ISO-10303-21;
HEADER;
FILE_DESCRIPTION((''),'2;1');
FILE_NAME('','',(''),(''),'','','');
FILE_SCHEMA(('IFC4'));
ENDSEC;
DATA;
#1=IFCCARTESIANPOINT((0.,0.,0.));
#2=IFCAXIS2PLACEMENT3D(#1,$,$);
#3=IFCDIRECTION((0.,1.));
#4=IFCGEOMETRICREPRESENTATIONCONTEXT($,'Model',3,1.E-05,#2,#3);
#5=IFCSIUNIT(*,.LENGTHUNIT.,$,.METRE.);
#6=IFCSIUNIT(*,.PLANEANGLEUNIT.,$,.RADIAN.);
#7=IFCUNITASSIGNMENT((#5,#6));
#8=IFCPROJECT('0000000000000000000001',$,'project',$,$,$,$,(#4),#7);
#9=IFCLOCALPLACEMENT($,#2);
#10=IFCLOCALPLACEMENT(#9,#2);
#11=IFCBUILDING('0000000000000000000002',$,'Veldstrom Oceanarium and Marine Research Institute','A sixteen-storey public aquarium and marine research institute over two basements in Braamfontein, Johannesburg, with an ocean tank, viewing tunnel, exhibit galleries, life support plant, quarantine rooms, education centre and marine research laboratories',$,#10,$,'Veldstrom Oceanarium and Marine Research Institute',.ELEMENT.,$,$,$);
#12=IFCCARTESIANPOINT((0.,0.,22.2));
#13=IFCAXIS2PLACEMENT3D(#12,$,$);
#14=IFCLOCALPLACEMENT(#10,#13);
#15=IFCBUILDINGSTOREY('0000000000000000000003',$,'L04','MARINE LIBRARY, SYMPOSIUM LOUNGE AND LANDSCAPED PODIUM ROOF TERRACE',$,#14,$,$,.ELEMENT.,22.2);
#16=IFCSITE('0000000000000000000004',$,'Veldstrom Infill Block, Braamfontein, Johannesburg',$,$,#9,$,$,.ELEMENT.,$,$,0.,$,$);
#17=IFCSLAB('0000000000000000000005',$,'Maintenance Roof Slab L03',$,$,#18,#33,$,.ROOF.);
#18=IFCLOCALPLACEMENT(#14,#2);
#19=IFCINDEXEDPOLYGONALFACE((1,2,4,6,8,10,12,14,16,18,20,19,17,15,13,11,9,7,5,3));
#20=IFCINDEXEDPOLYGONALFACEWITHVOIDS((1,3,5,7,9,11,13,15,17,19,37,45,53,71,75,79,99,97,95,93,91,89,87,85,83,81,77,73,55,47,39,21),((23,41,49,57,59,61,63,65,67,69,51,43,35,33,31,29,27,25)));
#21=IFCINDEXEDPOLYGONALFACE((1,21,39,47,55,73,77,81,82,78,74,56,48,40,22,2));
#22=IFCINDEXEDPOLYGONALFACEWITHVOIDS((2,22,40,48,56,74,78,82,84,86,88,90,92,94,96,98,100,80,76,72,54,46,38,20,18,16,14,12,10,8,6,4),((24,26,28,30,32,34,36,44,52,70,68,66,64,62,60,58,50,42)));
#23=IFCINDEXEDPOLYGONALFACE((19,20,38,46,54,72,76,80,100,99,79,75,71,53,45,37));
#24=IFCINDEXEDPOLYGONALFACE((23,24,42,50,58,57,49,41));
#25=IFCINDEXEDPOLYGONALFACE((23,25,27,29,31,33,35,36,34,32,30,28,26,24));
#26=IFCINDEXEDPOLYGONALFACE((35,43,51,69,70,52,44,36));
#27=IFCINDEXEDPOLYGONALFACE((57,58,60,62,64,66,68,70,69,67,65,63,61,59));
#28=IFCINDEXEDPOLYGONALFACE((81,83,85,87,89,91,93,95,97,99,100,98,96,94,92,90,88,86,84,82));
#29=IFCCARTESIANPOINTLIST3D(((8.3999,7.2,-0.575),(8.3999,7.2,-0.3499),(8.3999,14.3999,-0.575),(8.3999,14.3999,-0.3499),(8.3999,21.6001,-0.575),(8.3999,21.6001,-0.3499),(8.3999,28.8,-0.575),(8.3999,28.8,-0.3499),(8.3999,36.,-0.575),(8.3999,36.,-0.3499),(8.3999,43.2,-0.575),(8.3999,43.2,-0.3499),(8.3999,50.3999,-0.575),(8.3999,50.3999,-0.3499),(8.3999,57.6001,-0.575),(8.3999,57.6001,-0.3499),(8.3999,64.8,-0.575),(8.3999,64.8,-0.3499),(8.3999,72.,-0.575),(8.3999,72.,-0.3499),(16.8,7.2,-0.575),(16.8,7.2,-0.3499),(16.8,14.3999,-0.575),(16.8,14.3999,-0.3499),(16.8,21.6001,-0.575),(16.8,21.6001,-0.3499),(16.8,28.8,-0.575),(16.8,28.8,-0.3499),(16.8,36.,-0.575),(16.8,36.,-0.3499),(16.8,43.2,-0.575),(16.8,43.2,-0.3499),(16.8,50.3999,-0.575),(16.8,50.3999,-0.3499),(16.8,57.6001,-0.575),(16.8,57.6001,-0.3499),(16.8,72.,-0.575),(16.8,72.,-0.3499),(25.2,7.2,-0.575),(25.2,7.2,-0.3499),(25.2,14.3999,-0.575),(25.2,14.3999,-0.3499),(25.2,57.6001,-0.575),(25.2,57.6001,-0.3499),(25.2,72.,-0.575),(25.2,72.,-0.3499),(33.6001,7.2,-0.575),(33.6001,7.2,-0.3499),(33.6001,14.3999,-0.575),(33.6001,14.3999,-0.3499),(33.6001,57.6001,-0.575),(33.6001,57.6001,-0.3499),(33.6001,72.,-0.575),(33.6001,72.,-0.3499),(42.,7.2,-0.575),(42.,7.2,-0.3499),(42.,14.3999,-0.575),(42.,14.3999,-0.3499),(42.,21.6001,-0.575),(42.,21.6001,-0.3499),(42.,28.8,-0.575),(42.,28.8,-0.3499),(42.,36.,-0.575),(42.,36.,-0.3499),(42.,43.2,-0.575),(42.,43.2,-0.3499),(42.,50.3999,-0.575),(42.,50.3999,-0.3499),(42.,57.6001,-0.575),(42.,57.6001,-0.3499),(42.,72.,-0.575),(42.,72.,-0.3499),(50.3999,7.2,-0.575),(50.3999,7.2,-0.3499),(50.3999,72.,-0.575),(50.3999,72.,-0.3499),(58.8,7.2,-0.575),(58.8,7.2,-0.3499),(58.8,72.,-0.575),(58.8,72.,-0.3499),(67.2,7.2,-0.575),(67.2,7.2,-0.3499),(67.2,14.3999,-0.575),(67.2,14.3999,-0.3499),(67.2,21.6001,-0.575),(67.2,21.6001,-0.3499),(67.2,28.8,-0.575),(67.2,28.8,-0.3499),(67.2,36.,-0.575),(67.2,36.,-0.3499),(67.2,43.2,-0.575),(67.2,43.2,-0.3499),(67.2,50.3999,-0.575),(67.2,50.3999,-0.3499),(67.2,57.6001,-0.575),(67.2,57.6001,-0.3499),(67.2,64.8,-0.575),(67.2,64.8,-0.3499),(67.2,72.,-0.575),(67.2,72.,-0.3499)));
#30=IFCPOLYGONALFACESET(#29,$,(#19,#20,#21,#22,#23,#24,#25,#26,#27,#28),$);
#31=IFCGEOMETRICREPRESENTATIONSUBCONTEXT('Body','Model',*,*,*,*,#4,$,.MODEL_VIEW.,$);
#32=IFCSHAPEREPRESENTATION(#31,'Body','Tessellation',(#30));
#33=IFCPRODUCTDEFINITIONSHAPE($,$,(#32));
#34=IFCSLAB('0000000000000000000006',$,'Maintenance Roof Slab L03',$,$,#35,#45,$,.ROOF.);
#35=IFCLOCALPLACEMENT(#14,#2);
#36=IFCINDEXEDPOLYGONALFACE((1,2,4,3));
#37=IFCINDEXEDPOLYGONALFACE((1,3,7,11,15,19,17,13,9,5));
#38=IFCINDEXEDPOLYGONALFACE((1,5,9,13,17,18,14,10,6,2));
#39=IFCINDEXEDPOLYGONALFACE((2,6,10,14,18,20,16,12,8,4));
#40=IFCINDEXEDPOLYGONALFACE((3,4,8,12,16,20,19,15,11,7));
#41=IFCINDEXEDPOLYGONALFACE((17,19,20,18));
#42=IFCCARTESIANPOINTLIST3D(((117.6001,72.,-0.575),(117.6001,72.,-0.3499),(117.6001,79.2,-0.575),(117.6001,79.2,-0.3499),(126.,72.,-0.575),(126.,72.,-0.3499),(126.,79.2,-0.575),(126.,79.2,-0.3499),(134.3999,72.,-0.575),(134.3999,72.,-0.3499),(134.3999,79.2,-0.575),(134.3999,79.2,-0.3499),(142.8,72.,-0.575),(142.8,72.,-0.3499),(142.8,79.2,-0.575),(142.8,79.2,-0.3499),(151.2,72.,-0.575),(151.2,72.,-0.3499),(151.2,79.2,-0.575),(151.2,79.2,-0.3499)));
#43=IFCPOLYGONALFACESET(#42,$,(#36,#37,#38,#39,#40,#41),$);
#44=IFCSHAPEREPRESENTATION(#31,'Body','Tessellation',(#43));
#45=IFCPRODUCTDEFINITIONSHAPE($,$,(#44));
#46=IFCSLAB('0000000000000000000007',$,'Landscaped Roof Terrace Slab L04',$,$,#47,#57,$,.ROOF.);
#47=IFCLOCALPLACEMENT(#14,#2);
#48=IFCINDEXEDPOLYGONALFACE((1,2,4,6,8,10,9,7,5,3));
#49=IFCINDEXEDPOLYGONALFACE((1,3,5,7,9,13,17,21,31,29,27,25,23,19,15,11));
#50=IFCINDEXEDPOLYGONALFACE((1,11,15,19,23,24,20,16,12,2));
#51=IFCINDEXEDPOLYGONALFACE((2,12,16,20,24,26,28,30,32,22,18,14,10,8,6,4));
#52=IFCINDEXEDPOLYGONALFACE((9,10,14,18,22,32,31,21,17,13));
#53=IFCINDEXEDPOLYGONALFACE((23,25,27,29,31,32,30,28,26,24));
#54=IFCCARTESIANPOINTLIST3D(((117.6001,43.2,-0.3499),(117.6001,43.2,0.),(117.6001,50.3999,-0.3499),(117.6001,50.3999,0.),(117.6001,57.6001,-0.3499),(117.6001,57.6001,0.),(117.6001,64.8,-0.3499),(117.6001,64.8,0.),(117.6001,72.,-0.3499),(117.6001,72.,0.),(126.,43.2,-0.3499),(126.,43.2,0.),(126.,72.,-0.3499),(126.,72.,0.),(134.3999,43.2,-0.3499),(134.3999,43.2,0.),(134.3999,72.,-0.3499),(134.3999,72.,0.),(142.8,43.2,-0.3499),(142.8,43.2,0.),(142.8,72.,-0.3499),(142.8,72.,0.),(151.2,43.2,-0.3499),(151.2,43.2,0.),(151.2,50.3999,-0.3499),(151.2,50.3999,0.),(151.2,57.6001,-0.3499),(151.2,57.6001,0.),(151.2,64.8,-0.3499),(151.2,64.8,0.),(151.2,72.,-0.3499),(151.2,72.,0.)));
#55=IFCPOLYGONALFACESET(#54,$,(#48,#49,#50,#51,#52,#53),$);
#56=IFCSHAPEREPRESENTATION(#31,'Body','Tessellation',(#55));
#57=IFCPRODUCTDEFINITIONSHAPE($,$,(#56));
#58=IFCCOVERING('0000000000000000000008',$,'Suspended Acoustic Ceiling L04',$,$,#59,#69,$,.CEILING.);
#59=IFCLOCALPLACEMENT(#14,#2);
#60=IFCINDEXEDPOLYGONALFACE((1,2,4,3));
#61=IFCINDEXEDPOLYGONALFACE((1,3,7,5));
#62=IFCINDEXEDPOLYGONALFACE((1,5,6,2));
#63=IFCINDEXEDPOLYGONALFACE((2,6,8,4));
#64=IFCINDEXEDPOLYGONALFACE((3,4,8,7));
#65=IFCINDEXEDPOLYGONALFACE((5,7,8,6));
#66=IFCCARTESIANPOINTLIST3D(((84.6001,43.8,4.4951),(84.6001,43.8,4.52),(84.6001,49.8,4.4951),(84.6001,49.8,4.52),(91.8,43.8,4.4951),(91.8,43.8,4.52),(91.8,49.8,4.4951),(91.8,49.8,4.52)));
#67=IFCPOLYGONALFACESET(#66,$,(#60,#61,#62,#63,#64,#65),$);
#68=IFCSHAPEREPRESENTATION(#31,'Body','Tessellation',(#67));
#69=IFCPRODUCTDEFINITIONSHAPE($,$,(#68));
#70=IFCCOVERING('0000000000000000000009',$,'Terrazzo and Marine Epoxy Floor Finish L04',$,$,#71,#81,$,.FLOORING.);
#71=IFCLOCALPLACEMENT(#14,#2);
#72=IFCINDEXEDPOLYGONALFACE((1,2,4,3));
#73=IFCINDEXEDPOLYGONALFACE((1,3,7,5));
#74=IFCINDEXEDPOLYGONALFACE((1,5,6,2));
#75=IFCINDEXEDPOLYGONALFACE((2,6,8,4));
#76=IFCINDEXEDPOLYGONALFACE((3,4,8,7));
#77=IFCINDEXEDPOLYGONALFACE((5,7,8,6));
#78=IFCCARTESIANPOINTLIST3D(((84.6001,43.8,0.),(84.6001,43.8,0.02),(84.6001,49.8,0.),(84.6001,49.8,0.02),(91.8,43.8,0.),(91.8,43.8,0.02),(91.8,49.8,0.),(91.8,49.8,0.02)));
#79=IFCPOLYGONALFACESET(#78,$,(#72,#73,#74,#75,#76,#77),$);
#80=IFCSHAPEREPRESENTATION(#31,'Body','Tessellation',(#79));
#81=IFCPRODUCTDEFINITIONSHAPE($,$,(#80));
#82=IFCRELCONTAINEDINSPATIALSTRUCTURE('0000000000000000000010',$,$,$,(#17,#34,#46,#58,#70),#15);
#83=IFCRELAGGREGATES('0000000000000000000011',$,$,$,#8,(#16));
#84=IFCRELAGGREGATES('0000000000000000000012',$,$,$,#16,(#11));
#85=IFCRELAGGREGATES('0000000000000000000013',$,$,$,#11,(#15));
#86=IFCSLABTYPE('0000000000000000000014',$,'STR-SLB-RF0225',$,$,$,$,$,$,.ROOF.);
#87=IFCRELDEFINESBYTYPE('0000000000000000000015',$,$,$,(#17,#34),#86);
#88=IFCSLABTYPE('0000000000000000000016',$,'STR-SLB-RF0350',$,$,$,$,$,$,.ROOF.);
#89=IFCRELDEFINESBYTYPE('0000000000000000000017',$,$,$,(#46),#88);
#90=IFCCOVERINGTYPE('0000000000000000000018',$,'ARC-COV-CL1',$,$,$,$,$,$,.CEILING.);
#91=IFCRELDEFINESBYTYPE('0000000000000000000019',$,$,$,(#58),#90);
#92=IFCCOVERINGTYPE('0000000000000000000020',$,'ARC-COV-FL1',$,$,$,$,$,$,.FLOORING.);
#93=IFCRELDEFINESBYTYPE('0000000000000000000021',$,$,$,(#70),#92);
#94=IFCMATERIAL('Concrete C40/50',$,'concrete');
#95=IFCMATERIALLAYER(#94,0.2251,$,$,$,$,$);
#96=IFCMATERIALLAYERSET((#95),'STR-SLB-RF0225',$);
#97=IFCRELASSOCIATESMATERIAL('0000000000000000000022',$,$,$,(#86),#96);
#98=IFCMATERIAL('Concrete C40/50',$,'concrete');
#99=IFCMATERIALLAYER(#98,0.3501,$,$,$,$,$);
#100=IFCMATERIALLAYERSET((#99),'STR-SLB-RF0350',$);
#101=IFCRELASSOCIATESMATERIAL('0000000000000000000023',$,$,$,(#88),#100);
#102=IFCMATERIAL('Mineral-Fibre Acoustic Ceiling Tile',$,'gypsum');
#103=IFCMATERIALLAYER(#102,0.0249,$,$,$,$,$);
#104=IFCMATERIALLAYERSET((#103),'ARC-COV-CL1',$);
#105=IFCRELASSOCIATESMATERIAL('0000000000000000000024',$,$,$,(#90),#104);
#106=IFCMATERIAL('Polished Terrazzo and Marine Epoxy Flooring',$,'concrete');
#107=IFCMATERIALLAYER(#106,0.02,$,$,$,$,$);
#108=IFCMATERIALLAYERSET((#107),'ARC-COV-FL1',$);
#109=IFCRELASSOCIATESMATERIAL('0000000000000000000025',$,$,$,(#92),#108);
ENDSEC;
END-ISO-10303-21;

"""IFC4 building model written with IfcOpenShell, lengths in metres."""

from ifc_helpers import new_model, si_unit, direction, frame, origin, place, context, subcontext, project, spatial, polyline, outline, extrude, material, layer, layer_set, type_object, element, save


model = new_model("IFC4")

# Units and contexts
model_context = context("Model", 3, precision=1e-05, world=origin(), true_north=direction((0.0, 1.0)))
body_context = subcontext(model_context, "Body", "Model", "MODEL_VIEW")
ifc_project = project(units=[si_unit("LENGTHUNIT", "METRE"), si_unit("PLANEANGLEUNIT", "RADIAN")], contexts=[model_context])

# Site, building, storey
site_placement = place(None, origin())
site = spatial("IfcSite", under=ifc_project, at=site_placement, Name="Veldstrom Infill Block, Braamfontein, Johannesburg", CompositionType="ELEMENT", RefElevation=0.0)
building_placement = place(site_placement, origin())
building = spatial("IfcBuilding", under=site, at=building_placement, Name="Veldstrom Oceanarium and Marine Research Institute", Description="A sixteen-storey public aquarium and marine research institute over two basements in Braamfontein, Johannesburg, with an ocean tank, viewing tunnel, exhibit galleries, life support plant, quarantine rooms, education centre and marine research laboratories", LongName="Veldstrom Oceanarium and Marine Research Institute", CompositionType="ELEMENT")
storey_placement = place(building_placement, frame((0.0, 0.0, 22.2)))
storey = spatial("IfcBuildingStorey", under=building, at=storey_placement, Name="L04", Description="MARINE LIBRARY, SYMPOSIUM LOUNGE AND LANDSCAPED PODIUM ROOF TERRACE", CompositionType="ELEMENT", Elevation=22.2)

# Slabs
ifc_material_1 = material(Name="Concrete C40/50", Category="concrete")
ifc_layer_1 = layer(ifc_material_1, 0.2251)
ifc_layer_set_1 = layer_set([ifc_layer_1], Name="STR-SLB-RF0225")
slab_type_1 = type_object("IfcSlabType", Name="STR-SLB-RF0225", PredefinedType="ROOF", material=ifc_layer_set_1)
slab_1_placement = place(storey_placement, frame((0.0, 0.0, -0.575)))
element("IfcSlab", 1, at=slab_1_placement, inside=storey, type_object=slab_type_1, Name="Maintenance Roof Slab L03", PredefinedType="ROOF", context=body_context, shape_type="SweptSolid", body=[
    extrude(outline(polyline([(16.8, 7.2), (8.3999, 7.2), (8.3999, 14.3999), (8.3999, 21.6001), (8.3999, 28.8), (8.3999, 36.0), (8.3999, 43.2), (8.3999, 50.3999), (8.3999, 57.6001), (8.3999, 64.8), (8.3999, 72.0), (16.8, 72.0), (25.2, 72.0), (33.6001, 72.0), (42.0, 72.0), (50.3999, 72.0), (58.8, 72.0), (67.2, 72.0), (67.2, 64.8), (67.2, 57.6001), (67.2, 50.3999), (67.2, 43.2), (67.2, 36.0), (67.2, 28.8), (67.2, 21.6001), (67.2, 14.3999), (67.2, 7.2), (58.8, 7.2), (50.3999, 7.2), (42.0, 7.2), (33.6001, 7.2), (25.2, 7.2), (16.8, 7.2)]), holes=[polyline([(33.6001, 57.6001), (25.2, 57.6001), (16.8, 57.6001), (16.8, 50.3999), (16.8, 43.2), (16.8, 36.0), (16.8, 28.8), (16.8, 21.6001), (16.8, 14.3999), (25.2, 14.3999), (33.6001, 14.3999), (42.0, 14.3999), (42.0, 21.6001), (42.0, 28.8), (42.0, 36.0), (42.0, 43.2), (42.0, 50.3999), (42.0, 57.6001), (33.6001, 57.6001)])]), origin(), (0.0, 0.0, 1.0), 0.2251),
])
slab_2_placement = place(storey_placement, frame((0.0, 0.0, -0.575)))
element("IfcSlab", 2, at=slab_2_placement, inside=storey, type_object=slab_type_1, Name="Maintenance Roof Slab L03", PredefinedType="ROOF", context=body_context, shape_type="SweptSolid", body=[
    extrude(outline(polyline([(151.2, 79.2), (151.2, 72.0), (142.8, 72.0), (134.3999, 72.0), (126.0, 72.0), (117.6001, 72.0), (117.6001, 79.2), (126.0, 79.2), (134.3999, 79.2), (142.8, 79.2), (151.2, 79.2)])), origin(), (0.0, 0.0, 1.0), 0.2251),
])

# Slab
ifc_material_2 = material(Name="Concrete C40/50", Category="concrete")
ifc_layer_2 = layer(ifc_material_2, 0.3501)
ifc_layer_set_2 = layer_set([ifc_layer_2], Name="STR-SLB-RF0350")
slab_type_2 = type_object("IfcSlabType", Name="STR-SLB-RF0350", PredefinedType="ROOF", material=ifc_layer_set_2)
slab_3_placement = place(storey_placement, frame((0.0, 0.0, -0.3499)))
element("IfcSlab", 3, at=slab_3_placement, inside=storey, type_object=slab_type_2, Name="Landscaped Roof Terrace Slab L04", PredefinedType="ROOF", context=body_context, shape_type="SweptSolid", body=[
    extrude(outline(polyline([(117.6001, 64.8), (117.6001, 72.0), (126.0, 72.0), (134.3999, 72.0), (142.8, 72.0), (151.2, 72.0), (151.2, 64.8), (151.2, 57.6001), (151.2, 50.3999), (151.2, 43.2), (142.8, 43.2), (134.3999, 43.2), (126.0, 43.2), (117.6001, 43.2), (117.6001, 50.3999), (117.6001, 57.6001), (117.6001, 64.8)])), origin(), (0.0, 0.0, 1.0), 0.3499),
])

# Coverings
ifc_material_3 = material(Name="Mineral-Fibre Acoustic Ceiling Tile", Category="gypsum")
ifc_layer_3 = layer(ifc_material_3, 0.0249)
ifc_layer_set_3 = layer_set([ifc_layer_3], Name="ARC-COV-CL1")
covering_type_1 = type_object("IfcCoveringType", Name="ARC-COV-CL1", PredefinedType="CEILING", material=ifc_layer_set_3)
covering_1_placement = place(storey_placement, frame((0.0, 0.0, 4.4951)))
element("IfcCovering", 4, at=covering_1_placement, inside=storey, type_object=covering_type_1, Name="Suspended Acoustic Ceiling L04", PredefinedType="CEILING", context=body_context, shape_type="SweptSolid", body=[
    extrude(outline(polyline([(84.6001, 43.8), (91.8, 43.8), (91.8, 49.8), (84.6001, 49.8), (84.6001, 43.8)])), origin(), (0.0, 0.0, 1.0), 0.0249),
])
ifc_material_4 = material(Name="Polished Terrazzo and Marine Epoxy Flooring", Category="concrete")
ifc_layer_4 = layer(ifc_material_4, 0.02)
ifc_layer_set_4 = layer_set([ifc_layer_4], Name="ARC-COV-FL1")
covering_type_2 = type_object("IfcCoveringType", Name="ARC-COV-FL1", PredefinedType="FLOORING", material=ifc_layer_set_4)
covering_2_placement = place(storey_placement, origin())
element("IfcCovering", 5, at=covering_2_placement, inside=storey, type_object=covering_type_2, Name="Terrazzo and Marine Epoxy Floor Finish L04", PredefinedType="FLOORING", context=body_context, shape_type="SweptSolid", body=[
    extrude(outline(polyline([(84.6001, 43.8), (91.8, 43.8), (91.8, 49.8), (84.6001, 49.8), (84.6001, 43.8)])), origin(), (0.0, 0.0, 1.0), 0.02),
])

save(model, "model.ifc")
